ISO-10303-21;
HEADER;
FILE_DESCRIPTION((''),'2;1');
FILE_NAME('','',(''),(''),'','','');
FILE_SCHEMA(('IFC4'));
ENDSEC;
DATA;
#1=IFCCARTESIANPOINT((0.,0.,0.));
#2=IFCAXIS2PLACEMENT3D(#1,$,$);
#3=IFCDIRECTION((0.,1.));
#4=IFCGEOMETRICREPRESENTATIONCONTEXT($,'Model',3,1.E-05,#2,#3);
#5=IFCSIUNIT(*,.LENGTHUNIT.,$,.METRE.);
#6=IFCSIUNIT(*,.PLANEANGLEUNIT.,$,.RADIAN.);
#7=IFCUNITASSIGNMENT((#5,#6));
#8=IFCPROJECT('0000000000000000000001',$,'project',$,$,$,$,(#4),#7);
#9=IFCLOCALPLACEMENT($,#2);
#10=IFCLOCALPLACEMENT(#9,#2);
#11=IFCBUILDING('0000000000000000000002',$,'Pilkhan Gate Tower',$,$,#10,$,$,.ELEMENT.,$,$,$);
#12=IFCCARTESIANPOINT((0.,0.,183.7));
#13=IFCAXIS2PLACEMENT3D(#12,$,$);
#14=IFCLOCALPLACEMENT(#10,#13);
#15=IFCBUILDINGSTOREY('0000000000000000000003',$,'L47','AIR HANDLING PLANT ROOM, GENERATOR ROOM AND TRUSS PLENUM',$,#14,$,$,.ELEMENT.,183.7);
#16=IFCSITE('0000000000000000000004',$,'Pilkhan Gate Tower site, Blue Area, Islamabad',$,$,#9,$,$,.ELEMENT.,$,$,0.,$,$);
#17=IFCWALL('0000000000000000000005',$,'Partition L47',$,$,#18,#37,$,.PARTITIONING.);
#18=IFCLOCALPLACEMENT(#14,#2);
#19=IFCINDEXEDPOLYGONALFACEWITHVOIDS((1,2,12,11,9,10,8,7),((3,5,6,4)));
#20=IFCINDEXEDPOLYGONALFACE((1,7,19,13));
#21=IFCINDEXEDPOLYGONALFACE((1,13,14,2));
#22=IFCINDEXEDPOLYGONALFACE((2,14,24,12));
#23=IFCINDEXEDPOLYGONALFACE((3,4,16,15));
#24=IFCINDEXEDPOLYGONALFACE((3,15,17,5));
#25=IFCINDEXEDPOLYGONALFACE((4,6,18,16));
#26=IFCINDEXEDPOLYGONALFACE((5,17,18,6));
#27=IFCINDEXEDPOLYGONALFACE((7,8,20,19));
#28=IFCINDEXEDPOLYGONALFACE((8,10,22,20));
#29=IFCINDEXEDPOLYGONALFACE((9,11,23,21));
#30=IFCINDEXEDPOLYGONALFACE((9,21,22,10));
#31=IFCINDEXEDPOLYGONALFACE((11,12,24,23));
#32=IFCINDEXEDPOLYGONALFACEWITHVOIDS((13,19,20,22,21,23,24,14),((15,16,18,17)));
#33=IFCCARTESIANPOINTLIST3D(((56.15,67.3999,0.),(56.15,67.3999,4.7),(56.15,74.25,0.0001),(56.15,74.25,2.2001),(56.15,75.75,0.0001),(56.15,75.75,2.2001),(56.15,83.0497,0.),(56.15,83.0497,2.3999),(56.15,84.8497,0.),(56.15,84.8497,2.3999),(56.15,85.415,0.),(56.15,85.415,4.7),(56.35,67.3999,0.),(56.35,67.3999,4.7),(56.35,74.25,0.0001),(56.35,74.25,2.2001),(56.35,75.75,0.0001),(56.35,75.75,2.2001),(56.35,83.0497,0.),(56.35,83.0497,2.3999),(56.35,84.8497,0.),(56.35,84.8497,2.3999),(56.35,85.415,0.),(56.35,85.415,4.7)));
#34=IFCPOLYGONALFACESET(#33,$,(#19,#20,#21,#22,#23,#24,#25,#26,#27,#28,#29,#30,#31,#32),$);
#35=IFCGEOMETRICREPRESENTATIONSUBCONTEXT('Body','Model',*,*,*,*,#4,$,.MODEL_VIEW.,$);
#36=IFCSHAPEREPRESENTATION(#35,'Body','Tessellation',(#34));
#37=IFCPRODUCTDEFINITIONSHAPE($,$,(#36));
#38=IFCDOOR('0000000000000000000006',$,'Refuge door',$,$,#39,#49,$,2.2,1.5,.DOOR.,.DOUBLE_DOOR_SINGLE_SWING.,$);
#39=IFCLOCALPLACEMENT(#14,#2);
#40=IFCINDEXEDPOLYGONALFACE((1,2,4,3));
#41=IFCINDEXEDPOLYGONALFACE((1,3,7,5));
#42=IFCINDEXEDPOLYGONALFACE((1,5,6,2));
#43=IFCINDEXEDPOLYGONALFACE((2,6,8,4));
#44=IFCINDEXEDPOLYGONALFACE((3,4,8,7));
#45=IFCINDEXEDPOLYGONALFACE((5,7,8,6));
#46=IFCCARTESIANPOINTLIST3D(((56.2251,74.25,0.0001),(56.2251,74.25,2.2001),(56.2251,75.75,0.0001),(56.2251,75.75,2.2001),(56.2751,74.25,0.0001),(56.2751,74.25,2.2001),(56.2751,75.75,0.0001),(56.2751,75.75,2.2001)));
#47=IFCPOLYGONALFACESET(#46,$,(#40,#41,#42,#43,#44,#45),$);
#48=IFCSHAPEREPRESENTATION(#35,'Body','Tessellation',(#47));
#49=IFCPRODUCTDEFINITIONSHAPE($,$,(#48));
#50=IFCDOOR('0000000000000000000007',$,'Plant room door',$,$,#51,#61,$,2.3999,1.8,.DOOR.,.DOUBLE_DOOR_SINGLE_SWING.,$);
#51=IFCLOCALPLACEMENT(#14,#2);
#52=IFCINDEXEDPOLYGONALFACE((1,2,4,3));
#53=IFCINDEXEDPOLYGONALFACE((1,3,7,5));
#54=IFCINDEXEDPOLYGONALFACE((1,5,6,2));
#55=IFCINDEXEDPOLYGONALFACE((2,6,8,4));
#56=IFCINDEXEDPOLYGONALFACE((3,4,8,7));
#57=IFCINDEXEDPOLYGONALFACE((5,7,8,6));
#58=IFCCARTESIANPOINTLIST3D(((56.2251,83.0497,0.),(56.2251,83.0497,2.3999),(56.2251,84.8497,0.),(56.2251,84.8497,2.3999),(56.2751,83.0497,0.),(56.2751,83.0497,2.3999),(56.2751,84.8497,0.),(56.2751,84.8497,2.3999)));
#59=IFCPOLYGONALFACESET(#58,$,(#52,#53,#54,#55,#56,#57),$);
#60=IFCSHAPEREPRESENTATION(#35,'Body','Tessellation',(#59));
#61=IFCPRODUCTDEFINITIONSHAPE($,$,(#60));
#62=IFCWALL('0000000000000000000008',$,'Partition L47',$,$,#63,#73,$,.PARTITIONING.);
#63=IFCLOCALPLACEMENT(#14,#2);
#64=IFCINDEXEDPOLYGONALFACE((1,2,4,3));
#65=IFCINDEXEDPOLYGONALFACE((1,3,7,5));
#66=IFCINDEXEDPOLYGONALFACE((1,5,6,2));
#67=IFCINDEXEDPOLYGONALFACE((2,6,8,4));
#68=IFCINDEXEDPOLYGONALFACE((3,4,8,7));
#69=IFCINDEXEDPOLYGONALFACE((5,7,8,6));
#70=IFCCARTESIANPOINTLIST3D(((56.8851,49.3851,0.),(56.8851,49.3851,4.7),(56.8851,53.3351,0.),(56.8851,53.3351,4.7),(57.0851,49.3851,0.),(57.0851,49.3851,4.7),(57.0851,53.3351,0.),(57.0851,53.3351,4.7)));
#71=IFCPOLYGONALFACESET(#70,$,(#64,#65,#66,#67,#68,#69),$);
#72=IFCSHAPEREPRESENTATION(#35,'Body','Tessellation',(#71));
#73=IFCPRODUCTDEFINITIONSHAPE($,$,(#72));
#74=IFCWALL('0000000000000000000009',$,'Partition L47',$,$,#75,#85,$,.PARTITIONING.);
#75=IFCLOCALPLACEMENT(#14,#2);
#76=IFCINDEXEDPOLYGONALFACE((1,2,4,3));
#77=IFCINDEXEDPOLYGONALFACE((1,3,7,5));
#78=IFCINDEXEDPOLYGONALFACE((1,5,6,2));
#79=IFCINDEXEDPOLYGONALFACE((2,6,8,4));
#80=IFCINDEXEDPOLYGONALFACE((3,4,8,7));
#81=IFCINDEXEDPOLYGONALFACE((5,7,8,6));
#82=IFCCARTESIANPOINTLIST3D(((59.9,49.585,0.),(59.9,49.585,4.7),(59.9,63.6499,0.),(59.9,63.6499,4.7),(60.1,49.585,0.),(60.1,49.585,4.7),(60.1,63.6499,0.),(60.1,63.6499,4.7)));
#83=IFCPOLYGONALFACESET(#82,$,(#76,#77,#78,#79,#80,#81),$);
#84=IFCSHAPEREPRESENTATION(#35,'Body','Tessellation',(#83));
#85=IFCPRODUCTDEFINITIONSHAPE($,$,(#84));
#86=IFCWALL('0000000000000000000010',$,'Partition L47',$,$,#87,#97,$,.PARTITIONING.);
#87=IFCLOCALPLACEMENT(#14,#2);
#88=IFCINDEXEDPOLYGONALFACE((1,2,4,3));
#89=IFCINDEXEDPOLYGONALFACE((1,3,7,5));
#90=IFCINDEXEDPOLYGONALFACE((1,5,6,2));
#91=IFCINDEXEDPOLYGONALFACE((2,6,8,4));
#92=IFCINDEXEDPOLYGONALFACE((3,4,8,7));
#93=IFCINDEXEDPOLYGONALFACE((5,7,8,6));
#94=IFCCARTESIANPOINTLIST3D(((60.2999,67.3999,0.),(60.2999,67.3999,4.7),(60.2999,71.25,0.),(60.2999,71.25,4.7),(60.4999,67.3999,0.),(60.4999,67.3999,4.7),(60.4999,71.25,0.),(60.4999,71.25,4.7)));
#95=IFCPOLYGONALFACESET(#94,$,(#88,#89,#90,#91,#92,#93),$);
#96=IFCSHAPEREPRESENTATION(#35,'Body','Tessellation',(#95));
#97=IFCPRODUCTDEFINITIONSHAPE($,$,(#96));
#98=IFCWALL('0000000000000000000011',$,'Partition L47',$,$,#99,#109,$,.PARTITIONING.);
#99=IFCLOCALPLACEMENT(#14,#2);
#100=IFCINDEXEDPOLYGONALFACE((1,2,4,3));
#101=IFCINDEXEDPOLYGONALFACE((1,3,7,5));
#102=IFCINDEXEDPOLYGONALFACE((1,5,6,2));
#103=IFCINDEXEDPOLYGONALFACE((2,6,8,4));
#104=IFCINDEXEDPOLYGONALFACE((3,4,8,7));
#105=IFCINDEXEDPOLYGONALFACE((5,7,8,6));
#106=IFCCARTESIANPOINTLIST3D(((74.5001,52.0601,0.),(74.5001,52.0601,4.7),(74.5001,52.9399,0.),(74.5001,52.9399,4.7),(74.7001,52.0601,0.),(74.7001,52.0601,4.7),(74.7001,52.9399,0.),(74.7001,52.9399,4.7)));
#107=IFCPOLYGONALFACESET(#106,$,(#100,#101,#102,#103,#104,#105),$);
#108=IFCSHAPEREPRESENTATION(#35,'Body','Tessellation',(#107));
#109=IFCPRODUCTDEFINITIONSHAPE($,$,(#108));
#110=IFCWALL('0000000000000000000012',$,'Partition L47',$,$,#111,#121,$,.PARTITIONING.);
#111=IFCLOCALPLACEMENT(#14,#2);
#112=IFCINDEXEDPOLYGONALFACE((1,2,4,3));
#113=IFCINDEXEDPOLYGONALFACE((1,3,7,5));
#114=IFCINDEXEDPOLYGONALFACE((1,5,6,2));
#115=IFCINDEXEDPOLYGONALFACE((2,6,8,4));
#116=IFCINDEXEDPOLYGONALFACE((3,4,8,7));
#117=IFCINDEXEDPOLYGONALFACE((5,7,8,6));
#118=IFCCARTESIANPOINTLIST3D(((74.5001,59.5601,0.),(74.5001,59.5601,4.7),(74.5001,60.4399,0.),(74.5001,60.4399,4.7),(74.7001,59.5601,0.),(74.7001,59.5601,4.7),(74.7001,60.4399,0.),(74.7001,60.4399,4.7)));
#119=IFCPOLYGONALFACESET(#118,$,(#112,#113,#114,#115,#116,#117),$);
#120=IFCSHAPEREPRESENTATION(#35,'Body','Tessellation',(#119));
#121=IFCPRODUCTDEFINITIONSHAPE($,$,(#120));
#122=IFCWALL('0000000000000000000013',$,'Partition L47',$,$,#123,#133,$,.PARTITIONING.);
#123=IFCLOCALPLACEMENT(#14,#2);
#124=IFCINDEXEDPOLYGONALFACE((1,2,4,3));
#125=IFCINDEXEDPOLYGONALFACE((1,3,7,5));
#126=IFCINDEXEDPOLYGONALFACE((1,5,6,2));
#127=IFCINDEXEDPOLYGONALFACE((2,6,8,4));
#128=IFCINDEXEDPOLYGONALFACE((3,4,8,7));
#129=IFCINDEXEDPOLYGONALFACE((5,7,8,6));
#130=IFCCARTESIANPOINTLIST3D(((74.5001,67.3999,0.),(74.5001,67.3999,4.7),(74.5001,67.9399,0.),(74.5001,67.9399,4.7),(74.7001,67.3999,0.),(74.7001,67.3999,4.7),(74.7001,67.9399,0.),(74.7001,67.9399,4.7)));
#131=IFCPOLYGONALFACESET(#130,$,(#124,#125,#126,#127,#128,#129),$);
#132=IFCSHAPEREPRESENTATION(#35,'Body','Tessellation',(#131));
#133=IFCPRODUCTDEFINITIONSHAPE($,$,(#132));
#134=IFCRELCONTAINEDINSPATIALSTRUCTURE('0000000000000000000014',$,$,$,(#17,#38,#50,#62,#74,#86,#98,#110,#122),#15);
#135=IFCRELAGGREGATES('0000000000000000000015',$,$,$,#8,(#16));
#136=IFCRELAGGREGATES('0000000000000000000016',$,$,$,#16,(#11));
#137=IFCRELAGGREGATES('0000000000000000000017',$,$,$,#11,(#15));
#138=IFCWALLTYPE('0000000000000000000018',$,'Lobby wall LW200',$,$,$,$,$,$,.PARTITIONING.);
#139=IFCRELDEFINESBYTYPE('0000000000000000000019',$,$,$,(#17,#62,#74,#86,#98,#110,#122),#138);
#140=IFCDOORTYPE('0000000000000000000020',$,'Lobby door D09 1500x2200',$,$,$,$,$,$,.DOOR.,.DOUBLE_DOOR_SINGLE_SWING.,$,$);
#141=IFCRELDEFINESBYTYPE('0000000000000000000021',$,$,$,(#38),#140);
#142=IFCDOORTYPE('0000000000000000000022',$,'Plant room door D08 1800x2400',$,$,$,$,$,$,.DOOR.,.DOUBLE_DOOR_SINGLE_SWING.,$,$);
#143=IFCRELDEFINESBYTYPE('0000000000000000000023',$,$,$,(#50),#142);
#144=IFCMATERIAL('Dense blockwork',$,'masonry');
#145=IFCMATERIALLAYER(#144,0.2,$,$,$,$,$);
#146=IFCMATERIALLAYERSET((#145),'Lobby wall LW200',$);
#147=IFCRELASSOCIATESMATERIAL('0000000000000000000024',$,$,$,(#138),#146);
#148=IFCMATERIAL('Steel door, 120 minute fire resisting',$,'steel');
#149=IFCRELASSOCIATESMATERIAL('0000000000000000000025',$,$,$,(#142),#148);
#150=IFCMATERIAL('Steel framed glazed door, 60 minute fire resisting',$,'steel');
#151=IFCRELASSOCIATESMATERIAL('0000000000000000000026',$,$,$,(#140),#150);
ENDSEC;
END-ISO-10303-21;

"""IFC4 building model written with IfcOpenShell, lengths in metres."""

from ifc_helpers import new_model, si_unit, direction, frame, frame_2d, origin, place, context, subcontext, project, spatial, rectangle, extrude, material, layer, layer_set, type_object, element, fill, save


model = new_model("IFC4")

# Units and contexts
model_context = context("Model", 3, precision=1e-05, world=origin(), true_north=direction((0.0, 1.0)))
body_context = subcontext(model_context, "Body", "Model", "MODEL_VIEW")
ifc_project = project(units=[si_unit("LENGTHUNIT", "METRE"), si_unit("PLANEANGLEUNIT", "RADIAN")], contexts=[model_context])

# Site, building, storey
site_placement = place(None, origin())
site = spatial("IfcSite", under=ifc_project, at=site_placement, Name="Pilkhan Gate Tower site, Blue Area, Islamabad", CompositionType="ELEMENT", RefElevation=0.0)
building_placement = place(site_placement, origin())
building = spatial("IfcBuilding", under=site, at=building_placement, Name="Pilkhan Gate Tower", CompositionType="ELEMENT")
storey_placement = place(building_placement, frame((0.0, 0.0, 183.7)))
storey = spatial("IfcBuildingStorey", under=building, at=storey_placement, Name="L47", Description="AIR HANDLING PLANT ROOM, GENERATOR ROOM AND TRUSS PLENUM", CompositionType="ELEMENT", Elevation=183.7)

# Shared definitions
ifc_material_1 = material(Name="Dense blockwork", Category="masonry")
ifc_layer_1 = layer(ifc_material_1, 0.2)
ifc_layer_set_1 = layer_set([ifc_layer_1], Name="Lobby wall LW200")
wall_type_1 = type_object("IfcWallType", Name="Lobby wall LW200", PredefinedType="PARTITIONING", material=ifc_layer_set_1)

# Wall, openings, doors
ifc_material_2 = material(Name="Steel door, 120 minute fire resisting", Category="steel")
door_type_1 = type_object("IfcDoorType", Name="Plant room door D08 1800x2400", OperationType="DOUBLE_DOOR_SINGLE_SWING", PredefinedType="DOOR", material=ifc_material_2)
wall_1_placement = place(storey_placement, frame((56.25, 67.3999, 0.0), z_axis=(0.0, 0.0, 1.0), x_axis=(0.0, 1.0, 0.0)))
wall_1 = element("IfcWall", 1, at=wall_1_placement, inside=storey, type_object=wall_type_1, Name="Partition L47", PredefinedType="PARTITIONING", context=body_context, shape_type="SweptSolid", body=[
    extrude(rectangle(XDim=18.0151, YDim=0.2, at=frame_2d((9.0076, 0.0))), origin(), (0.0, 0.0, 1.0), 4.7),
])
opening_1_placement = place(wall_1_placement, frame((6.8501, 0.0, 0.0)))
opening_1 = element("IfcOpeningElement", 2, at=opening_1_placement, cuts=wall_1, PredefinedType="OPENING", context=body_context, shape_type="SweptSolid", body=[
    extrude(rectangle(XDim=1.5, YDim=2.2, at=frame_2d((0.75, 1.1001))), frame((0.0, 0.1099, 0.0), z_axis=(0.0, -1.0, 0.0), x_axis=(1.0, 0.0, 0.0)), (0.0, 0.0, 1.0), 0.22),
])
opening_2_placement = place(wall_1_placement, frame((15.6499, 0.0, 0.0)))
opening_2 = element("IfcOpeningElement", 3, at=opening_2_placement, cuts=wall_1, PredefinedType="OPENING", context=body_context, shape_type="SweptSolid", body=[
    extrude(rectangle(XDim=1.8, YDim=2.3999, at=frame_2d((0.8999, 1.2))), frame((0.0, 0.1099, 0.0), z_axis=(0.0, -1.0, 0.0), x_axis=(1.0, 0.0, 0.0)), (0.0, 0.0, 1.0), 0.22),
])
ifc_material_3 = material(Name="Steel framed glazed door, 60 minute fire resisting", Category="steel")
door_type_2 = type_object("IfcDoorType", Name="Lobby door D09 1500x2200", OperationType="DOUBLE_DOOR_SINGLE_SWING", PredefinedType="DOOR", material=ifc_material_3)
door_1_placement = place(opening_1_placement, origin())
door_1 = element("IfcDoor", 4, at=door_1_placement, inside=storey, type_object=door_type_2, Name="Refuge door", OperationType="DOUBLE_DOOR_SINGLE_SWING", OverallHeight=2.2, OverallWidth=1.5, PredefinedType="DOOR", context=body_context, shape_type="SweptSolid", body=[
    extrude(rectangle(XDim=1.5, YDim=2.2, at=frame_2d((0.75, 1.1001))), frame((0.0, 0.0249, 0.0), z_axis=(0.0, -1.0, 0.0), x_axis=(1.0, 0.0, 0.0)), (0.0, 0.0, 1.0), 0.05),
])
fill(opening_1, door_1)
door_2_placement = place(opening_2_placement, origin())
door_2 = element("IfcDoor", 5, at=door_2_placement, inside=storey, type_object=door_type_1, Name="Plant room door", OperationType="DOUBLE_DOOR_SINGLE_SWING", OverallHeight=2.3999, OverallWidth=1.8, PredefinedType="DOOR", context=body_context, shape_type="SweptSolid", body=[
    extrude(rectangle(XDim=1.8, YDim=2.3999, at=frame_2d((0.8999, 1.2))), frame((0.0, 0.0249, 0.0), z_axis=(0.0, -1.0, 0.0), x_axis=(1.0, 0.0, 0.0)), (0.0, 0.0, 1.0), 0.05),
])
fill(opening_2, door_2)

# Walls
wall_2_placement = place(storey_placement, frame((56.9851, 49.385, 0.0), z_axis=(0.0, 0.0, 1.0), x_axis=(0.0, 1.0, 0.0)))
element("IfcWall", 6, at=wall_2_placement, inside=storey, type_object=wall_type_1, Name="Partition L47", PredefinedType="PARTITIONING", context=body_context, shape_type="SweptSolid", body=[
    extrude(rectangle(XDim=3.95, YDim=0.2, at=frame_2d((1.9751, 0.0))), origin(), (0.0, 0.0, 1.0), 4.7),
])
wall_3_placement = place(storey_placement, frame((60.0, 49.585, 0.0), z_axis=(0.0, 0.0, 1.0), x_axis=(0.0, 1.0, 0.0)))
element("IfcWall", 7, at=wall_3_placement, inside=storey, type_object=wall_type_1, Name="Partition L47", PredefinedType="PARTITIONING", context=body_context, shape_type="SweptSolid", body=[
    extrude(rectangle(XDim=14.0649, YDim=0.2, at=frame_2d((7.0325, 0.0))), origin(), (0.0, 0.0, 1.0), 4.7),
])
wall_4_placement = place(storey_placement, frame((60.3999, 67.3999, 0.0), z_axis=(0.0, 0.0, 1.0), x_axis=(0.0, 1.0, 0.0)))
element("IfcWall", 8, at=wall_4_placement, inside=storey, type_object=wall_type_1, Name="Partition L47", PredefinedType="PARTITIONING", context=body_context, shape_type="SweptSolid", body=[
    extrude(rectangle(XDim=3.8501, YDim=0.2, at=frame_2d((1.925, 0.0))), origin(), (0.0, 0.0, 1.0), 4.7),
])
for number, where, z_axis, x_axis, name in (
    (9, (74.6001, 52.0601, 0.0), (0.0, 0.0, 1.0), (0.0, 1.0, 0.0), "Partition L47"),
    (10, (74.6001, 59.5601, 0.0), (0.0, 0.0, 1.0), (0.0, 1.0, 0.0), "Partition L47"),
):
    element("IfcWall", number, at=place(storey_placement, frame(where, z_axis=z_axis, x_axis=x_axis)), inside=storey, type_object=wall_type_1, Name=name, PredefinedType="PARTITIONING", context=body_context, shape_type="SweptSolid", body=[
        extrude(rectangle(XDim=0.8799, YDim=0.2, at=frame_2d((0.4399, 0.0))), origin(), (0.0, 0.0, 1.0), 4.7),
    ])
wall_5_placement = place(storey_placement, frame((74.6001, 67.3999, 0.0), z_axis=(0.0, 0.0, 1.0), x_axis=(0.0, 1.0, 0.0)))
element("IfcWall", 11, at=wall_5_placement, inside=storey, type_object=wall_type_1, Name="Partition L47", PredefinedType="PARTITIONING", context=body_context, shape_type="SweptSolid", body=[
    extrude(rectangle(XDim=0.54, YDim=0.2, at=frame_2d((0.27, 0.0))), origin(), (0.0, 0.0, 1.0), 4.7),
])

save(model, "model.ifc")
